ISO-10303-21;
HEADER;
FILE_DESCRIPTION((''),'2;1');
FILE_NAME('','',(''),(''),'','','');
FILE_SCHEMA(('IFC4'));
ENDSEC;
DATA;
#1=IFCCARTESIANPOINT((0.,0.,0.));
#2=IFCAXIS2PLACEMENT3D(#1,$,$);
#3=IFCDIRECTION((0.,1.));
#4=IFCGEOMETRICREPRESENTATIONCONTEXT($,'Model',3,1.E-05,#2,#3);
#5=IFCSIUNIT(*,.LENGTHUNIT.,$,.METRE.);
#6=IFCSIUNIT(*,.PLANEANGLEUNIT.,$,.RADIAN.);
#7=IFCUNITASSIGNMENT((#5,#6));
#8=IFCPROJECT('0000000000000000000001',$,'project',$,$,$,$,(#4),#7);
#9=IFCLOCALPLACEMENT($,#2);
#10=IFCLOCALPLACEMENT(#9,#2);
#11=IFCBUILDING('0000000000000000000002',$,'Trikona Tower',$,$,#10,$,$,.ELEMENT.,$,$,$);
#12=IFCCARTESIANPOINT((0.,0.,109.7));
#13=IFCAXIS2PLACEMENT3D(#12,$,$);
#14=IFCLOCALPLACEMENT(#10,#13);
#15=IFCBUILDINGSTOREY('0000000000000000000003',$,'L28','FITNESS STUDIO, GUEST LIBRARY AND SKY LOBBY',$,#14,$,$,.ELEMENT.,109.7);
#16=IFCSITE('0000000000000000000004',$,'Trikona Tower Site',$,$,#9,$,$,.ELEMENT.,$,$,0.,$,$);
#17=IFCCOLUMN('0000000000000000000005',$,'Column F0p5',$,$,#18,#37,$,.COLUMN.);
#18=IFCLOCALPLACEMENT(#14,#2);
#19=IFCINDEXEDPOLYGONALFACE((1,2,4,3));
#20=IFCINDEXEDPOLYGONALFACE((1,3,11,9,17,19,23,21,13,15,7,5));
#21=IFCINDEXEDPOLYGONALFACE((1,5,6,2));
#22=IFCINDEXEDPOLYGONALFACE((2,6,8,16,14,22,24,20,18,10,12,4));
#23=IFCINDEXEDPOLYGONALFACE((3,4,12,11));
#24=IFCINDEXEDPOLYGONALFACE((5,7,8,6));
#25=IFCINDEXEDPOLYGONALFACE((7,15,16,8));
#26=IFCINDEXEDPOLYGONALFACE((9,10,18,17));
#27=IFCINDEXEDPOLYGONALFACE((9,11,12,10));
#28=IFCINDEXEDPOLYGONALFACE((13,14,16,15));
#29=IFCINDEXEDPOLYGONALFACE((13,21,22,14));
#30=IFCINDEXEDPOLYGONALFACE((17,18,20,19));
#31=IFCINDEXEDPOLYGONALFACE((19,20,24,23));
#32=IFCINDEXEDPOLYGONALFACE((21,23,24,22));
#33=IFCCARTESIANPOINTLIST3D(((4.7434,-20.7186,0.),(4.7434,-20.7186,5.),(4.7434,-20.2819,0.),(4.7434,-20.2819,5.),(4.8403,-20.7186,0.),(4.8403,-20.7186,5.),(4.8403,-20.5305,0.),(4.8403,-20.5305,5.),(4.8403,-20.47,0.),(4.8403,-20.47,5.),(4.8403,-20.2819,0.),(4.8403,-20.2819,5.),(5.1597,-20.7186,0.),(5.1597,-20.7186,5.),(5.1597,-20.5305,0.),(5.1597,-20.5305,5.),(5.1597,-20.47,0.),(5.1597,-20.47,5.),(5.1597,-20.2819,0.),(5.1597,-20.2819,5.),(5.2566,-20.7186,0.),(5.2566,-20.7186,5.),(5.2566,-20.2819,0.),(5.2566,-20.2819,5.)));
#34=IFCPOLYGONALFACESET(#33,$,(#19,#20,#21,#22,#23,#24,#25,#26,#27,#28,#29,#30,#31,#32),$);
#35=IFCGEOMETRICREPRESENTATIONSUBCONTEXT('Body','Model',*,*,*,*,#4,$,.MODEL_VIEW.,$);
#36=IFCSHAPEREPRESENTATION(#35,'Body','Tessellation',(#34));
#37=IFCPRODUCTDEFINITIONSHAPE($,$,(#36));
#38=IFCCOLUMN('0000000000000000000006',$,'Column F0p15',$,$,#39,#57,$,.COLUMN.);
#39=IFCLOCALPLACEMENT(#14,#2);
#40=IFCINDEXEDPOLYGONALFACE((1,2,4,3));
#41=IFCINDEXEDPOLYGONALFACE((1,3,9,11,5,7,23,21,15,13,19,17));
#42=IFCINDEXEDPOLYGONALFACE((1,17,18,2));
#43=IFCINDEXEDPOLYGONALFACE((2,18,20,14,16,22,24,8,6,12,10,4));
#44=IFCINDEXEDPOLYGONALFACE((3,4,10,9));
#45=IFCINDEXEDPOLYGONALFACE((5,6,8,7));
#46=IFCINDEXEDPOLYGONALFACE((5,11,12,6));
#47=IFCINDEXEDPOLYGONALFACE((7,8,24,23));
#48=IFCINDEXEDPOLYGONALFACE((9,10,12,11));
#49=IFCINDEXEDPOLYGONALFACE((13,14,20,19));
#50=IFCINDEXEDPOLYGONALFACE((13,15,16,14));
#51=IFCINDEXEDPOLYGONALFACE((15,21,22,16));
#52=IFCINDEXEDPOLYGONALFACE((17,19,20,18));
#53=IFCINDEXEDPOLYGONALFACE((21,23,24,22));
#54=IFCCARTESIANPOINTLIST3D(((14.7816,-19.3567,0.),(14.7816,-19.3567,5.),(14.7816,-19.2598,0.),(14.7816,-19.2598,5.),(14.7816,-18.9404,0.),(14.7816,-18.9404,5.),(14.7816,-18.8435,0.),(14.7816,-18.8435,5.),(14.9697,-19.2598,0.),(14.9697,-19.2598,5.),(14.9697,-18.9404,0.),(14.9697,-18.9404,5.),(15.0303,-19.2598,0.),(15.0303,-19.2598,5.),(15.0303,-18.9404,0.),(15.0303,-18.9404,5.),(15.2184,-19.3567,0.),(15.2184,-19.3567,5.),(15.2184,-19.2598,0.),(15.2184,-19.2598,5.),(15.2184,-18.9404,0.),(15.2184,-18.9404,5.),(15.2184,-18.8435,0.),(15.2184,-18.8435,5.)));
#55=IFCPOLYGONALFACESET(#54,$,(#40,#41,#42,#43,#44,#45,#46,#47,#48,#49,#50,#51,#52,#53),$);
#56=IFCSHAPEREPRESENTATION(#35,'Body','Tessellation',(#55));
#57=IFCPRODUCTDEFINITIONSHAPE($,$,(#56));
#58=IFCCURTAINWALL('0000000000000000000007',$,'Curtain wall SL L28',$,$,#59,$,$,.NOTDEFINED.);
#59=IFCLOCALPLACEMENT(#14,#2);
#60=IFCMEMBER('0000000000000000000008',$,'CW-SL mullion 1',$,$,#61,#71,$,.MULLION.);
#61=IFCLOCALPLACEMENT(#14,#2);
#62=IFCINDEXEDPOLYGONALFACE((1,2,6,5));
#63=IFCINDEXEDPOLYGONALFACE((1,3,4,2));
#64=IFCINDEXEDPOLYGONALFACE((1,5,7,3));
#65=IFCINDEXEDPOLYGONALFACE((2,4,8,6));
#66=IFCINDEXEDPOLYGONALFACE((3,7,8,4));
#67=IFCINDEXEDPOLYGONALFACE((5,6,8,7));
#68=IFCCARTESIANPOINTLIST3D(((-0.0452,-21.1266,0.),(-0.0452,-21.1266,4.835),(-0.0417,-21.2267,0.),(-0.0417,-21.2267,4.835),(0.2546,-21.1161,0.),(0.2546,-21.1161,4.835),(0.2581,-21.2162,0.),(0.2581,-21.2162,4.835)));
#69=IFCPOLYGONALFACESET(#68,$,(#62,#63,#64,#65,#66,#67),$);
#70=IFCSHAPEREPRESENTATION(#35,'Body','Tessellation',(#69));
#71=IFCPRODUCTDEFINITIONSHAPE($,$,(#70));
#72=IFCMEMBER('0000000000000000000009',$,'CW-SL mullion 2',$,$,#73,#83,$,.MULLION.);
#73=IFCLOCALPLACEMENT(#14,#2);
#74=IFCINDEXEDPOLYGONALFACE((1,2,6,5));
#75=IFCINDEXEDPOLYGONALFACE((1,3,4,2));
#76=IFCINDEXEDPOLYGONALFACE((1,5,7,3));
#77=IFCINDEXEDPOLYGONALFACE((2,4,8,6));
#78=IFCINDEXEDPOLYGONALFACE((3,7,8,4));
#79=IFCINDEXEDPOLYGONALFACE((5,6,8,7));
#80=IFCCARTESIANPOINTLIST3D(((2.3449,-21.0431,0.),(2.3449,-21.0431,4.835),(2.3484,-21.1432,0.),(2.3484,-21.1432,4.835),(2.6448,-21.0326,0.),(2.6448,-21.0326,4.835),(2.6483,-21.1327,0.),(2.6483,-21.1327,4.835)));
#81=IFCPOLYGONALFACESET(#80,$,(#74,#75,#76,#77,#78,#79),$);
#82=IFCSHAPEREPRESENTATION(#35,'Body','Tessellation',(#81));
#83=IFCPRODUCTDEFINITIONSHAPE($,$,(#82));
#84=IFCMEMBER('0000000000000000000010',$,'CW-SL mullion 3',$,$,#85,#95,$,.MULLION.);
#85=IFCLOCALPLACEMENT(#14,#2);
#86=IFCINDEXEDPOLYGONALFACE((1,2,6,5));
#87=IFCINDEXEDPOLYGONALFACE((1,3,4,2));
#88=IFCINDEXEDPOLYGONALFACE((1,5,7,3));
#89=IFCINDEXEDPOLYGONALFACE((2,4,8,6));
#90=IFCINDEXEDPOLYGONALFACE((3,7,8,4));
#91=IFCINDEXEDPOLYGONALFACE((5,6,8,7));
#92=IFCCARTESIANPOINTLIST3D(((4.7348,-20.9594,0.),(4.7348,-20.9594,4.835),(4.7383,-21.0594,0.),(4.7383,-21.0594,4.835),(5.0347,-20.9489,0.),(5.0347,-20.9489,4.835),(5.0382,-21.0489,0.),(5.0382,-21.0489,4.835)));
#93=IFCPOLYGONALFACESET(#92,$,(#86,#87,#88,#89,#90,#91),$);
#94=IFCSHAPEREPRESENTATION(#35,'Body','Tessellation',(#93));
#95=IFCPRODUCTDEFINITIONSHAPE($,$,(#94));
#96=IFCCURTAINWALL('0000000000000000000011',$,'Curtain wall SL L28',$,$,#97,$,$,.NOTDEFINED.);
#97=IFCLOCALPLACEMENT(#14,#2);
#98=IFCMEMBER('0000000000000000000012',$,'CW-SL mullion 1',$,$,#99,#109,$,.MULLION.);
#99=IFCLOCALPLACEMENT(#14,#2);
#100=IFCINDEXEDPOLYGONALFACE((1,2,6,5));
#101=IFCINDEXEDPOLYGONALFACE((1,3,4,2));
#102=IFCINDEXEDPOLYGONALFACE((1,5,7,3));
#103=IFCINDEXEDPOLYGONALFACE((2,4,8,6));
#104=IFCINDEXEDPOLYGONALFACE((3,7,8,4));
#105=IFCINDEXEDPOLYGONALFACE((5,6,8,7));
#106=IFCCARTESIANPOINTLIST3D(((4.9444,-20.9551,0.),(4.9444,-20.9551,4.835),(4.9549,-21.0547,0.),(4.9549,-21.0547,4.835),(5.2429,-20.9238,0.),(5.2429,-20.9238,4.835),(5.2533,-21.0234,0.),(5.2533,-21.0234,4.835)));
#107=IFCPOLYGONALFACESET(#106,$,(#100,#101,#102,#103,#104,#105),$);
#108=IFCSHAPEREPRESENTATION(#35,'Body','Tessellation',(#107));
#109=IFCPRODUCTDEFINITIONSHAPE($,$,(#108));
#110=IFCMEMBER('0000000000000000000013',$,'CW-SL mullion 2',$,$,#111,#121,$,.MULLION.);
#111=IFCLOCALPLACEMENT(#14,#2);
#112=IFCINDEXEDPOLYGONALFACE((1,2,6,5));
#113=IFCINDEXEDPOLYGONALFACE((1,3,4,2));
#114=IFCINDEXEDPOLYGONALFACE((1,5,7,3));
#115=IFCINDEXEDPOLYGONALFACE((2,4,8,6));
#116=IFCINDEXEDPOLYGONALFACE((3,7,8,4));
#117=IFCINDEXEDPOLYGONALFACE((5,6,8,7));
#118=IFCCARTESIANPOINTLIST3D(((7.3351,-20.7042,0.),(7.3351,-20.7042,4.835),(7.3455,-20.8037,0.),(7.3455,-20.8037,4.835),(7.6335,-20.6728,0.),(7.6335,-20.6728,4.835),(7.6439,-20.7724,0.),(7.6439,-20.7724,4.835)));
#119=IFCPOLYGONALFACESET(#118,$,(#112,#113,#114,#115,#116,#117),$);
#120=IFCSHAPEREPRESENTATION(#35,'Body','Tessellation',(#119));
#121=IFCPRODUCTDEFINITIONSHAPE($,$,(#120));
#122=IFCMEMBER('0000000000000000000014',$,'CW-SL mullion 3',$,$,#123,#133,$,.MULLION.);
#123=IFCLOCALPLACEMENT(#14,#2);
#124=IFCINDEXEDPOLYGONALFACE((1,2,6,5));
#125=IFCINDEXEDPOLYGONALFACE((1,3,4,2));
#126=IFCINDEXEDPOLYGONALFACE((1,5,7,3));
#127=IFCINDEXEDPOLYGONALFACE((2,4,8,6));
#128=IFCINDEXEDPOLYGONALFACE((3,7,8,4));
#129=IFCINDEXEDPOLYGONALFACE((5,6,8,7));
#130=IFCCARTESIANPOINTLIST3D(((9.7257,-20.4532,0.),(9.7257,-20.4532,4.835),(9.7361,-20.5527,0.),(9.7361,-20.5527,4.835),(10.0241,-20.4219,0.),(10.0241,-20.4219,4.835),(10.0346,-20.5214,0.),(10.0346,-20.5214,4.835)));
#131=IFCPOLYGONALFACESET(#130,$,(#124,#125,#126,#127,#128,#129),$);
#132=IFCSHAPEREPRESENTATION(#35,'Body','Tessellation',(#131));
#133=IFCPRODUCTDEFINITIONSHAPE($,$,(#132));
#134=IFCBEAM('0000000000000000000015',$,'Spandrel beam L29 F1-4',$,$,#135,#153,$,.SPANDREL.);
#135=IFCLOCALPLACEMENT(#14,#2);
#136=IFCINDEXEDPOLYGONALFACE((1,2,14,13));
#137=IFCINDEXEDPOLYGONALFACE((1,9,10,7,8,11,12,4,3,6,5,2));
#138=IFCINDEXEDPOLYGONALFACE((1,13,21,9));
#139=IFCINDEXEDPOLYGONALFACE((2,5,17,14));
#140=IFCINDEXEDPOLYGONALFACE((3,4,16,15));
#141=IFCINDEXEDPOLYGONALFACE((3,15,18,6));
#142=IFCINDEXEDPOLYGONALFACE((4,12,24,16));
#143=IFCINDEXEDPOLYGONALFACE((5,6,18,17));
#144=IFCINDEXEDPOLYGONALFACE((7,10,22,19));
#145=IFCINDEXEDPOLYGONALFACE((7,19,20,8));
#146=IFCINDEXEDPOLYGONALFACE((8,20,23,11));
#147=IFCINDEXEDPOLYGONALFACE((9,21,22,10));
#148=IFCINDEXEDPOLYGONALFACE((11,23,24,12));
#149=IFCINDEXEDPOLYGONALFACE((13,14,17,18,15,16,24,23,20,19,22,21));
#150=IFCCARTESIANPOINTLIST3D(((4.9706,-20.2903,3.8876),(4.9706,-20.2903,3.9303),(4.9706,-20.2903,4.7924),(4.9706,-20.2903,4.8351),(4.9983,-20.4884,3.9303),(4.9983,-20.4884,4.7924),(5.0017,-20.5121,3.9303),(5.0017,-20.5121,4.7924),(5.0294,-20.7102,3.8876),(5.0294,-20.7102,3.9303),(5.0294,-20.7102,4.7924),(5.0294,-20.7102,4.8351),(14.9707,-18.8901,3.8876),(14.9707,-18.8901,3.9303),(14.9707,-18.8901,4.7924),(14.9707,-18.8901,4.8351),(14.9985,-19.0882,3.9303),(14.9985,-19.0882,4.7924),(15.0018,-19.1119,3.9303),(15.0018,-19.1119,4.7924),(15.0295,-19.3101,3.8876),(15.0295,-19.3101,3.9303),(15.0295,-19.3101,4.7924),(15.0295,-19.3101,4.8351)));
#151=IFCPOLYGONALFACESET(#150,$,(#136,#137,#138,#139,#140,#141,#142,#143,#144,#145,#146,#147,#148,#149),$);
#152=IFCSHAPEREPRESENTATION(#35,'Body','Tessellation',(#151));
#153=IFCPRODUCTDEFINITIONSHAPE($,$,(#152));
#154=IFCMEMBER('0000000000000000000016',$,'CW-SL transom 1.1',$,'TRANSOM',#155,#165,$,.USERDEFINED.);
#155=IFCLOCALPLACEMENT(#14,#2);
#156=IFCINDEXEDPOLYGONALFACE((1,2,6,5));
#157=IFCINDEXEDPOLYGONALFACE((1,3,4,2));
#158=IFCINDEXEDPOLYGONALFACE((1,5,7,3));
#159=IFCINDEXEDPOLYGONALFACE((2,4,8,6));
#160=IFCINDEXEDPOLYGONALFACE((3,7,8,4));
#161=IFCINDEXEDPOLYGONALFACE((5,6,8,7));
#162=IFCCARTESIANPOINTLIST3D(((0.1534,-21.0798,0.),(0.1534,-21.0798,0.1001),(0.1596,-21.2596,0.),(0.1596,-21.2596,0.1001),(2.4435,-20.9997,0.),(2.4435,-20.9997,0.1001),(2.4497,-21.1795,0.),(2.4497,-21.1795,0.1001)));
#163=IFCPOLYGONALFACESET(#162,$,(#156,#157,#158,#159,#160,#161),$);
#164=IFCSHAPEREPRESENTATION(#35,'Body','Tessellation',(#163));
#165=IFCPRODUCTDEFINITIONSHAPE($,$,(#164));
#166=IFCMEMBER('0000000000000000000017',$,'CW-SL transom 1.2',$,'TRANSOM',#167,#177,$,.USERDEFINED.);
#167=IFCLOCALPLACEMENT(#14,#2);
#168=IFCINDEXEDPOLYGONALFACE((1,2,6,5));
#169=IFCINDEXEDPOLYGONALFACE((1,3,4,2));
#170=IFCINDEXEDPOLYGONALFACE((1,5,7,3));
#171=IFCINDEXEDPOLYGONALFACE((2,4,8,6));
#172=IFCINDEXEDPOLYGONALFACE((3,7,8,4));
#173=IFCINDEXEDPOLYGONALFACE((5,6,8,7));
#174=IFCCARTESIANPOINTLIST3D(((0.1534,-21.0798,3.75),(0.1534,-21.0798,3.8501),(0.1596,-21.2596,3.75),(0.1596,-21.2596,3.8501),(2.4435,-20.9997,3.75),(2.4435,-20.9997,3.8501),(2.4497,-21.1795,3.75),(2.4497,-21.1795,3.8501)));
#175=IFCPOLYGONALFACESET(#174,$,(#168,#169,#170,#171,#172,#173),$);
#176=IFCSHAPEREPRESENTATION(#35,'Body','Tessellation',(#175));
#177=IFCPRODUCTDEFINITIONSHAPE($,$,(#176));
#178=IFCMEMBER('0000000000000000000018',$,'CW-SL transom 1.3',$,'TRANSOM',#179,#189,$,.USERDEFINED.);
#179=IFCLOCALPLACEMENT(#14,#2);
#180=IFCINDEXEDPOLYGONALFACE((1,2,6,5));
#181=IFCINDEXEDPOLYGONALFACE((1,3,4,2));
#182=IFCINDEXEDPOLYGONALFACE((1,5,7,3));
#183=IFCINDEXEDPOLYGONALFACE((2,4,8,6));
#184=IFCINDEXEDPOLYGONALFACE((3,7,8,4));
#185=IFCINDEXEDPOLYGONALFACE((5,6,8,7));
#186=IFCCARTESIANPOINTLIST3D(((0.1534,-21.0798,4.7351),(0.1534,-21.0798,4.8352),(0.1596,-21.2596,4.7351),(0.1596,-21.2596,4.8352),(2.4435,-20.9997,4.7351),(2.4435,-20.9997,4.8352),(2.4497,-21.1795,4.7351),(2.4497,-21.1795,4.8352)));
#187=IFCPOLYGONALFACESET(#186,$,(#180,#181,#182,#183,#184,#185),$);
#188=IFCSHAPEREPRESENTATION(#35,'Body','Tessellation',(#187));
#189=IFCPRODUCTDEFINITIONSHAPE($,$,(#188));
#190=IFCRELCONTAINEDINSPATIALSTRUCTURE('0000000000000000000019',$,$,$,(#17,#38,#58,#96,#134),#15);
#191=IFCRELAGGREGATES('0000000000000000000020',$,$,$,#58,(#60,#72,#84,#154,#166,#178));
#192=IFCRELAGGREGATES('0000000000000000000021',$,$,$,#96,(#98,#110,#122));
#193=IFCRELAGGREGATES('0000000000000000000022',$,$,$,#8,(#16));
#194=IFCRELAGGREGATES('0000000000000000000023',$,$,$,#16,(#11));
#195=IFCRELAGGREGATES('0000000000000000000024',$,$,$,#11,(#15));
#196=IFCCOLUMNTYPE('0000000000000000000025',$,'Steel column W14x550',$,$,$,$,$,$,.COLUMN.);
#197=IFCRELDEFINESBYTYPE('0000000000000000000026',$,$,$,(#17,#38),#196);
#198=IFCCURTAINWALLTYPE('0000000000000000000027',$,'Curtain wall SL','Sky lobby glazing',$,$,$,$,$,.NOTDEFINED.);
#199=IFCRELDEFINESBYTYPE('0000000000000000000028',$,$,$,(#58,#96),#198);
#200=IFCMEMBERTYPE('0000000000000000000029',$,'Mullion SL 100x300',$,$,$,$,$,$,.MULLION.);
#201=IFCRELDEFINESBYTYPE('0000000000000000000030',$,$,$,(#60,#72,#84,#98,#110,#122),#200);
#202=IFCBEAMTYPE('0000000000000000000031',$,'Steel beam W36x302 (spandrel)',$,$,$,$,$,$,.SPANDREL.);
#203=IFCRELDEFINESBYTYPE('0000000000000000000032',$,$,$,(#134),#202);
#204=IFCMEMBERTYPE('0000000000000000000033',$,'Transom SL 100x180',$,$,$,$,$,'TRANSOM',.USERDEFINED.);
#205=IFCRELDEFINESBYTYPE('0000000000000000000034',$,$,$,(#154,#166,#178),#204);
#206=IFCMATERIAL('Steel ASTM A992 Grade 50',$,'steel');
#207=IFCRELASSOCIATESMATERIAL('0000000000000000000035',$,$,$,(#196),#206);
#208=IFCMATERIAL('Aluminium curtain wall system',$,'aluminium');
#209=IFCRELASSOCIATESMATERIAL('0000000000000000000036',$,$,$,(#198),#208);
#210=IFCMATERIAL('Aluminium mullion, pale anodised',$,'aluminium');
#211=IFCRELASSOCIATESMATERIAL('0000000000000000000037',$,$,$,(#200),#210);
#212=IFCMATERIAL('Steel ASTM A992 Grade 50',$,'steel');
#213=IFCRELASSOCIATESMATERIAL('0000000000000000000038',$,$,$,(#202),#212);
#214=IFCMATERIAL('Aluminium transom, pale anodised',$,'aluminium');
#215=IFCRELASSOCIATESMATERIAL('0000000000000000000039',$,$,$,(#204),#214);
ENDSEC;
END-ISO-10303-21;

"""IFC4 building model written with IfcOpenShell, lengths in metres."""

from ifc_helpers import new_model, si_unit, direction, frame, origin, origin_2d, place, context, subcontext, project, spatial, rectangle, i_section, extrude, material, material_profile, profile_set, type_object, element, aggregate, save


model = new_model("IFC4")

# Units and contexts
model_context = context("Model", 3, precision=1e-05, world=origin(), true_north=direction((0.0, 1.0)))
body_context = subcontext(model_context, "Body", "Model", "MODEL_VIEW")
ifc_project = project(units=[si_unit("LENGTHUNIT", "METRE"), si_unit("PLANEANGLEUNIT", "RADIAN")], contexts=[model_context])

# Site, building, storey
site_placement = place(None, origin())
site = spatial("IfcSite", under=ifc_project, at=site_placement, Name="Trikona Tower Site", CompositionType="ELEMENT", RefElevation=0.0)
building_placement = place(site_placement, origin())
building = spatial("IfcBuilding", under=site, at=building_placement, Name="Trikona Tower", CompositionType="ELEMENT")
storey_placement = place(building_placement, frame((0.0, 0.0, 109.7)))
storey = spatial("IfcBuildingStorey", under=building, at=storey_placement, Name="L28", Description="FITNESS STUDIO, GUEST LIBRARY AND SKY LOBBY", CompositionType="ELEMENT", Elevation=109.7)

# Columns
ifc_material_1 = material(Name="Steel ASTM A992 Grade 50", Category="steel")
ifc_material_profile_1 = material_profile(ifc_material_1, i_section(OverallWidth=0.4368, OverallDepth=0.5132, WebThickness=0.0605, FlangeThickness=0.0969, at=origin_2d()), Name="W14X550")
ifc_profile_set_1 = profile_set([ifc_material_profile_1], Name="Steel ASTM A992 Grade 50")
column_type = type_object("IfcColumnType", Name="Steel column W14x550", PredefinedType="COLUMN", material=ifc_profile_set_1)
for number, where, z_axis, x_axis, name in (
    (1, (5.0, -20.5002, 0.0), (0.0, 0.0, 1.0), (0.0, -1.0, 0.0), "Column F0p5"),
    (2, (15.0, -19.1001, 0.0), (0.0, 0.0, 1.0), (1.0, 0.0, 0.0), "Column F0p15"),
):
    element("IfcColumn", number, at=place(storey_placement, frame(where, z_axis=z_axis, x_axis=x_axis)), inside=storey, type_object=column_type, Name=name, PredefinedType="COLUMN", context=body_context, shape_type="SweptSolid", body=[
        extrude(i_section(OverallWidth=0.4368, OverallDepth=0.5132, WebThickness=0.0605, FlangeThickness=0.0969, at=origin_2d()), origin(), (0.0, 0.0, 1.0), 5.0),
    ])

# Curtain walls, members
ifc_material_2 = material(Name="Aluminium curtain wall system", Category="aluminium")
curtain_wall_type = type_object("IfcCurtainWallType", Name="Curtain wall SL", Description="Sky lobby glazing", PredefinedType="NOTDEFINED", material=ifc_material_2)
curtain_wall_1_placement = place(storey_placement, origin())
curtain_wall_1 = element("IfcCurtainWall", 3, at=curtain_wall_1_placement, inside=storey, type_object=curtain_wall_type, Name="Curtain wall SL L28", PredefinedType="NOTDEFINED")
ifc_material_3 = material(Name="Aluminium mullion, pale anodised", Category="aluminium")
ifc_material_profile_2 = material_profile(ifc_material_3, rectangle(XDim=0.1001, YDim=0.3, at=origin_2d()), Name="MUL-SL")
ifc_profile_set_2 = profile_set([ifc_material_profile_2], Name="Aluminium mullion, pale anodised")
member_type_1 = type_object("IfcMemberType", Name="Mullion SL 100x300", PredefinedType="MULLION", material=ifc_profile_set_2)
member_1_placement = place(storey_placement, frame((0.1064, -21.1714, 0.0), z_axis=(0.0, 0.0, 1.0), x_axis=(-0.034979, 0.999388, 0.0)))
member_1 = element("IfcMember", 4, at=member_1_placement, type_object=member_type_1, Name="CW-SL mullion 1", PredefinedType="MULLION", context=body_context, shape_type="SweptSolid", body=[
    extrude(rectangle(XDim=0.1001, YDim=0.3, at=origin_2d()), origin(), (0.0, 0.0, 1.0), 4.835),
])
member_2_placement = place(storey_placement, frame((2.4966, -21.0879, 0.0), z_axis=(0.0, 0.0, 1.0), x_axis=(-0.034979, 0.999388, 0.0)))
member_2 = element("IfcMember", 5, at=member_2_placement, type_object=member_type_1, Name="CW-SL mullion 2", PredefinedType="MULLION", context=body_context, shape_type="SweptSolid", body=[
    extrude(rectangle(XDim=0.1001, YDim=0.3, at=origin_2d()), origin(), (0.0, 0.0, 1.0), 4.835),
])
member_3_placement = place(storey_placement, frame((4.8865, -21.0042, 0.0), z_axis=(0.0, 0.0, 1.0), x_axis=(-0.034979, 0.999388, 0.0)))
member_3 = element("IfcMember", 6, at=member_3_placement, type_object=member_type_1, Name="CW-SL mullion 3", PredefinedType="MULLION", context=body_context, shape_type="SweptSolid", body=[
    extrude(rectangle(XDim=0.1001, YDim=0.3, at=origin_2d()), origin(), (0.0, 0.0, 1.0), 4.835),
])
curtain_wall_2_placement = place(storey_placement, origin())
curtain_wall_2 = element("IfcCurtainWall", 7, at=curtain_wall_2_placement, inside=storey, type_object=curtain_wall_type, Name="Curtain wall SL L28", PredefinedType="NOTDEFINED")
member_4_placement = place(storey_placement, frame((5.0989, -20.9893, 0.0), z_axis=(0.0, 0.0, 1.0), x_axis=(-0.104431, 0.994532, 0.0)))
member_4 = element("IfcMember", 8, at=member_4_placement, type_object=member_type_1, Name="CW-SL mullion 1", PredefinedType="MULLION", context=body_context, shape_type="SweptSolid", body=[
    extrude(rectangle(XDim=0.1001, YDim=0.3, at=origin_2d()), origin(), (0.0, 0.0, 1.0), 4.835),
])
member_5_placement = place(storey_placement, frame((7.4895, -20.7383, 0.0), z_axis=(0.0, 0.0, 1.0), x_axis=(-0.104431, 0.994532, 0.0)))
member_5 = element("IfcMember", 9, at=member_5_placement, type_object=member_type_1, Name="CW-SL mullion 2", PredefinedType="MULLION", context=body_context, shape_type="SweptSolid", body=[
    extrude(rectangle(XDim=0.1001, YDim=0.3, at=origin_2d()), origin(), (0.0, 0.0, 1.0), 4.835),
])
member_6_placement = place(storey_placement, frame((9.8801, -20.4873, 0.0), z_axis=(0.0, 0.0, 1.0), x_axis=(-0.104431, 0.994532, 0.0)))
member_6 = element("IfcMember", 10, at=member_6_placement, type_object=member_type_1, Name="CW-SL mullion 3", PredefinedType="MULLION", context=body_context, shape_type="SweptSolid", body=[
    extrude(rectangle(XDim=0.1001, YDim=0.3, at=origin_2d()), origin(), (0.0, 0.0, 1.0), 4.835),
])

# Beam
ifc_material_4 = material(Name="Steel ASTM A992 Grade 50", Category="steel")
ifc_material_profile_3 = material_profile(ifc_material_4, i_section(OverallWidth=0.4241, OverallDepth=0.9475, WebThickness=0.0239, FlangeThickness=0.0427, at=origin_2d()), Name="W36X302")
ifc_profile_set_3 = profile_set([ifc_material_profile_3], Name="Steel ASTM A992 Grade 50")
beam_type = type_object("IfcBeamType", Name="Steel beam W36x302 (spandrel)", PredefinedType="SPANDREL", material=ifc_profile_set_3)
beam_placement = place(storey_placement, frame((5.0, -20.5002, 4.3613), z_axis=(0.99034, 0.138662, 0.0), x_axis=(-0.138662, 0.99034, 0.0)))
element("IfcBeam", 11, at=beam_placement, inside=storey, type_object=beam_type, Name="Spandrel beam L29 F1-4", PredefinedType="SPANDREL", context=body_context, shape_type="SweptSolid", body=[
    extrude(i_section(OverallWidth=0.4241, OverallDepth=0.9475, WebThickness=0.0239, FlangeThickness=0.0427, at=origin_2d()), origin(), (0.0, 0.0, 1.0), 10.0977),
])

# Members
ifc_material_5 = material(Name="Aluminium transom, pale anodised", Category="aluminium")
ifc_material_profile_4 = material_profile(ifc_material_5, rectangle(XDim=0.1799, YDim=0.1001, at=origin_2d()), Name="TRN-SL")
ifc_profile_set_4 = profile_set([ifc_material_profile_4], Name="Aluminium transom, pale anodised")
member_type_2 = type_object("IfcMemberType", Name="Transom SL 100x180", ElementType="TRANSOM", PredefinedType="USERDEFINED", material=ifc_profile_set_4)
member_7_placement = place(storey_placement, frame((0.1565, -21.1697, 0.05), z_axis=(0.999389, 0.034947, 0.0), x_axis=(-0.034947, 0.999389, 0.0)))
member_7 = element("IfcMember", 12, at=member_7_placement, type_object=member_type_2, Name="CW-SL transom 1.1", ObjectType="TRANSOM", PredefinedType="USERDEFINED", context=body_context, shape_type="SweptSolid", body=[
    extrude(rectangle(XDim=0.1799, YDim=0.1001, at=origin_2d()), origin(), (0.0, 0.0, 1.0), 2.2915),
])
member_8_placement = place(storey_placement, frame((0.1565, -21.1697, 3.8), z_axis=(0.999389, 0.034947, 0.0), x_axis=(-0.034947, 0.999389, 0.0)))
member_8 = element("IfcMember", 13, at=member_8_placement, type_object=member_type_2, Name="CW-SL transom 1.2", ObjectType="TRANSOM", PredefinedType="USERDEFINED", context=body_context, shape_type="SweptSolid", body=[
    extrude(rectangle(XDim=0.1799, YDim=0.1001, at=origin_2d()), origin(), (0.0, 0.0, 1.0), 2.2915),
])
member_9_placement = place(storey_placement, frame((0.1565, -21.1697, 4.7852), z_axis=(0.999389, 0.034947, 0.0), x_axis=(-0.034947, 0.999389, 0.0)))
member_9 = element("IfcMember", 14, at=member_9_placement, type_object=member_type_2, Name="CW-SL transom 1.3", ObjectType="TRANSOM", PredefinedType="USERDEFINED", context=body_context, shape_type="SweptSolid", body=[
    extrude(rectangle(XDim=0.1799, YDim=0.1001, at=origin_2d()), origin(), (0.0, 0.0, 1.0), 2.2915),
])

aggregate(curtain_wall_1, [member_1, member_2, member_3, member_7, member_8, member_9])
aggregate(curtain_wall_2, [member_4, member_5, member_6])

save(model, "model.ifc")
